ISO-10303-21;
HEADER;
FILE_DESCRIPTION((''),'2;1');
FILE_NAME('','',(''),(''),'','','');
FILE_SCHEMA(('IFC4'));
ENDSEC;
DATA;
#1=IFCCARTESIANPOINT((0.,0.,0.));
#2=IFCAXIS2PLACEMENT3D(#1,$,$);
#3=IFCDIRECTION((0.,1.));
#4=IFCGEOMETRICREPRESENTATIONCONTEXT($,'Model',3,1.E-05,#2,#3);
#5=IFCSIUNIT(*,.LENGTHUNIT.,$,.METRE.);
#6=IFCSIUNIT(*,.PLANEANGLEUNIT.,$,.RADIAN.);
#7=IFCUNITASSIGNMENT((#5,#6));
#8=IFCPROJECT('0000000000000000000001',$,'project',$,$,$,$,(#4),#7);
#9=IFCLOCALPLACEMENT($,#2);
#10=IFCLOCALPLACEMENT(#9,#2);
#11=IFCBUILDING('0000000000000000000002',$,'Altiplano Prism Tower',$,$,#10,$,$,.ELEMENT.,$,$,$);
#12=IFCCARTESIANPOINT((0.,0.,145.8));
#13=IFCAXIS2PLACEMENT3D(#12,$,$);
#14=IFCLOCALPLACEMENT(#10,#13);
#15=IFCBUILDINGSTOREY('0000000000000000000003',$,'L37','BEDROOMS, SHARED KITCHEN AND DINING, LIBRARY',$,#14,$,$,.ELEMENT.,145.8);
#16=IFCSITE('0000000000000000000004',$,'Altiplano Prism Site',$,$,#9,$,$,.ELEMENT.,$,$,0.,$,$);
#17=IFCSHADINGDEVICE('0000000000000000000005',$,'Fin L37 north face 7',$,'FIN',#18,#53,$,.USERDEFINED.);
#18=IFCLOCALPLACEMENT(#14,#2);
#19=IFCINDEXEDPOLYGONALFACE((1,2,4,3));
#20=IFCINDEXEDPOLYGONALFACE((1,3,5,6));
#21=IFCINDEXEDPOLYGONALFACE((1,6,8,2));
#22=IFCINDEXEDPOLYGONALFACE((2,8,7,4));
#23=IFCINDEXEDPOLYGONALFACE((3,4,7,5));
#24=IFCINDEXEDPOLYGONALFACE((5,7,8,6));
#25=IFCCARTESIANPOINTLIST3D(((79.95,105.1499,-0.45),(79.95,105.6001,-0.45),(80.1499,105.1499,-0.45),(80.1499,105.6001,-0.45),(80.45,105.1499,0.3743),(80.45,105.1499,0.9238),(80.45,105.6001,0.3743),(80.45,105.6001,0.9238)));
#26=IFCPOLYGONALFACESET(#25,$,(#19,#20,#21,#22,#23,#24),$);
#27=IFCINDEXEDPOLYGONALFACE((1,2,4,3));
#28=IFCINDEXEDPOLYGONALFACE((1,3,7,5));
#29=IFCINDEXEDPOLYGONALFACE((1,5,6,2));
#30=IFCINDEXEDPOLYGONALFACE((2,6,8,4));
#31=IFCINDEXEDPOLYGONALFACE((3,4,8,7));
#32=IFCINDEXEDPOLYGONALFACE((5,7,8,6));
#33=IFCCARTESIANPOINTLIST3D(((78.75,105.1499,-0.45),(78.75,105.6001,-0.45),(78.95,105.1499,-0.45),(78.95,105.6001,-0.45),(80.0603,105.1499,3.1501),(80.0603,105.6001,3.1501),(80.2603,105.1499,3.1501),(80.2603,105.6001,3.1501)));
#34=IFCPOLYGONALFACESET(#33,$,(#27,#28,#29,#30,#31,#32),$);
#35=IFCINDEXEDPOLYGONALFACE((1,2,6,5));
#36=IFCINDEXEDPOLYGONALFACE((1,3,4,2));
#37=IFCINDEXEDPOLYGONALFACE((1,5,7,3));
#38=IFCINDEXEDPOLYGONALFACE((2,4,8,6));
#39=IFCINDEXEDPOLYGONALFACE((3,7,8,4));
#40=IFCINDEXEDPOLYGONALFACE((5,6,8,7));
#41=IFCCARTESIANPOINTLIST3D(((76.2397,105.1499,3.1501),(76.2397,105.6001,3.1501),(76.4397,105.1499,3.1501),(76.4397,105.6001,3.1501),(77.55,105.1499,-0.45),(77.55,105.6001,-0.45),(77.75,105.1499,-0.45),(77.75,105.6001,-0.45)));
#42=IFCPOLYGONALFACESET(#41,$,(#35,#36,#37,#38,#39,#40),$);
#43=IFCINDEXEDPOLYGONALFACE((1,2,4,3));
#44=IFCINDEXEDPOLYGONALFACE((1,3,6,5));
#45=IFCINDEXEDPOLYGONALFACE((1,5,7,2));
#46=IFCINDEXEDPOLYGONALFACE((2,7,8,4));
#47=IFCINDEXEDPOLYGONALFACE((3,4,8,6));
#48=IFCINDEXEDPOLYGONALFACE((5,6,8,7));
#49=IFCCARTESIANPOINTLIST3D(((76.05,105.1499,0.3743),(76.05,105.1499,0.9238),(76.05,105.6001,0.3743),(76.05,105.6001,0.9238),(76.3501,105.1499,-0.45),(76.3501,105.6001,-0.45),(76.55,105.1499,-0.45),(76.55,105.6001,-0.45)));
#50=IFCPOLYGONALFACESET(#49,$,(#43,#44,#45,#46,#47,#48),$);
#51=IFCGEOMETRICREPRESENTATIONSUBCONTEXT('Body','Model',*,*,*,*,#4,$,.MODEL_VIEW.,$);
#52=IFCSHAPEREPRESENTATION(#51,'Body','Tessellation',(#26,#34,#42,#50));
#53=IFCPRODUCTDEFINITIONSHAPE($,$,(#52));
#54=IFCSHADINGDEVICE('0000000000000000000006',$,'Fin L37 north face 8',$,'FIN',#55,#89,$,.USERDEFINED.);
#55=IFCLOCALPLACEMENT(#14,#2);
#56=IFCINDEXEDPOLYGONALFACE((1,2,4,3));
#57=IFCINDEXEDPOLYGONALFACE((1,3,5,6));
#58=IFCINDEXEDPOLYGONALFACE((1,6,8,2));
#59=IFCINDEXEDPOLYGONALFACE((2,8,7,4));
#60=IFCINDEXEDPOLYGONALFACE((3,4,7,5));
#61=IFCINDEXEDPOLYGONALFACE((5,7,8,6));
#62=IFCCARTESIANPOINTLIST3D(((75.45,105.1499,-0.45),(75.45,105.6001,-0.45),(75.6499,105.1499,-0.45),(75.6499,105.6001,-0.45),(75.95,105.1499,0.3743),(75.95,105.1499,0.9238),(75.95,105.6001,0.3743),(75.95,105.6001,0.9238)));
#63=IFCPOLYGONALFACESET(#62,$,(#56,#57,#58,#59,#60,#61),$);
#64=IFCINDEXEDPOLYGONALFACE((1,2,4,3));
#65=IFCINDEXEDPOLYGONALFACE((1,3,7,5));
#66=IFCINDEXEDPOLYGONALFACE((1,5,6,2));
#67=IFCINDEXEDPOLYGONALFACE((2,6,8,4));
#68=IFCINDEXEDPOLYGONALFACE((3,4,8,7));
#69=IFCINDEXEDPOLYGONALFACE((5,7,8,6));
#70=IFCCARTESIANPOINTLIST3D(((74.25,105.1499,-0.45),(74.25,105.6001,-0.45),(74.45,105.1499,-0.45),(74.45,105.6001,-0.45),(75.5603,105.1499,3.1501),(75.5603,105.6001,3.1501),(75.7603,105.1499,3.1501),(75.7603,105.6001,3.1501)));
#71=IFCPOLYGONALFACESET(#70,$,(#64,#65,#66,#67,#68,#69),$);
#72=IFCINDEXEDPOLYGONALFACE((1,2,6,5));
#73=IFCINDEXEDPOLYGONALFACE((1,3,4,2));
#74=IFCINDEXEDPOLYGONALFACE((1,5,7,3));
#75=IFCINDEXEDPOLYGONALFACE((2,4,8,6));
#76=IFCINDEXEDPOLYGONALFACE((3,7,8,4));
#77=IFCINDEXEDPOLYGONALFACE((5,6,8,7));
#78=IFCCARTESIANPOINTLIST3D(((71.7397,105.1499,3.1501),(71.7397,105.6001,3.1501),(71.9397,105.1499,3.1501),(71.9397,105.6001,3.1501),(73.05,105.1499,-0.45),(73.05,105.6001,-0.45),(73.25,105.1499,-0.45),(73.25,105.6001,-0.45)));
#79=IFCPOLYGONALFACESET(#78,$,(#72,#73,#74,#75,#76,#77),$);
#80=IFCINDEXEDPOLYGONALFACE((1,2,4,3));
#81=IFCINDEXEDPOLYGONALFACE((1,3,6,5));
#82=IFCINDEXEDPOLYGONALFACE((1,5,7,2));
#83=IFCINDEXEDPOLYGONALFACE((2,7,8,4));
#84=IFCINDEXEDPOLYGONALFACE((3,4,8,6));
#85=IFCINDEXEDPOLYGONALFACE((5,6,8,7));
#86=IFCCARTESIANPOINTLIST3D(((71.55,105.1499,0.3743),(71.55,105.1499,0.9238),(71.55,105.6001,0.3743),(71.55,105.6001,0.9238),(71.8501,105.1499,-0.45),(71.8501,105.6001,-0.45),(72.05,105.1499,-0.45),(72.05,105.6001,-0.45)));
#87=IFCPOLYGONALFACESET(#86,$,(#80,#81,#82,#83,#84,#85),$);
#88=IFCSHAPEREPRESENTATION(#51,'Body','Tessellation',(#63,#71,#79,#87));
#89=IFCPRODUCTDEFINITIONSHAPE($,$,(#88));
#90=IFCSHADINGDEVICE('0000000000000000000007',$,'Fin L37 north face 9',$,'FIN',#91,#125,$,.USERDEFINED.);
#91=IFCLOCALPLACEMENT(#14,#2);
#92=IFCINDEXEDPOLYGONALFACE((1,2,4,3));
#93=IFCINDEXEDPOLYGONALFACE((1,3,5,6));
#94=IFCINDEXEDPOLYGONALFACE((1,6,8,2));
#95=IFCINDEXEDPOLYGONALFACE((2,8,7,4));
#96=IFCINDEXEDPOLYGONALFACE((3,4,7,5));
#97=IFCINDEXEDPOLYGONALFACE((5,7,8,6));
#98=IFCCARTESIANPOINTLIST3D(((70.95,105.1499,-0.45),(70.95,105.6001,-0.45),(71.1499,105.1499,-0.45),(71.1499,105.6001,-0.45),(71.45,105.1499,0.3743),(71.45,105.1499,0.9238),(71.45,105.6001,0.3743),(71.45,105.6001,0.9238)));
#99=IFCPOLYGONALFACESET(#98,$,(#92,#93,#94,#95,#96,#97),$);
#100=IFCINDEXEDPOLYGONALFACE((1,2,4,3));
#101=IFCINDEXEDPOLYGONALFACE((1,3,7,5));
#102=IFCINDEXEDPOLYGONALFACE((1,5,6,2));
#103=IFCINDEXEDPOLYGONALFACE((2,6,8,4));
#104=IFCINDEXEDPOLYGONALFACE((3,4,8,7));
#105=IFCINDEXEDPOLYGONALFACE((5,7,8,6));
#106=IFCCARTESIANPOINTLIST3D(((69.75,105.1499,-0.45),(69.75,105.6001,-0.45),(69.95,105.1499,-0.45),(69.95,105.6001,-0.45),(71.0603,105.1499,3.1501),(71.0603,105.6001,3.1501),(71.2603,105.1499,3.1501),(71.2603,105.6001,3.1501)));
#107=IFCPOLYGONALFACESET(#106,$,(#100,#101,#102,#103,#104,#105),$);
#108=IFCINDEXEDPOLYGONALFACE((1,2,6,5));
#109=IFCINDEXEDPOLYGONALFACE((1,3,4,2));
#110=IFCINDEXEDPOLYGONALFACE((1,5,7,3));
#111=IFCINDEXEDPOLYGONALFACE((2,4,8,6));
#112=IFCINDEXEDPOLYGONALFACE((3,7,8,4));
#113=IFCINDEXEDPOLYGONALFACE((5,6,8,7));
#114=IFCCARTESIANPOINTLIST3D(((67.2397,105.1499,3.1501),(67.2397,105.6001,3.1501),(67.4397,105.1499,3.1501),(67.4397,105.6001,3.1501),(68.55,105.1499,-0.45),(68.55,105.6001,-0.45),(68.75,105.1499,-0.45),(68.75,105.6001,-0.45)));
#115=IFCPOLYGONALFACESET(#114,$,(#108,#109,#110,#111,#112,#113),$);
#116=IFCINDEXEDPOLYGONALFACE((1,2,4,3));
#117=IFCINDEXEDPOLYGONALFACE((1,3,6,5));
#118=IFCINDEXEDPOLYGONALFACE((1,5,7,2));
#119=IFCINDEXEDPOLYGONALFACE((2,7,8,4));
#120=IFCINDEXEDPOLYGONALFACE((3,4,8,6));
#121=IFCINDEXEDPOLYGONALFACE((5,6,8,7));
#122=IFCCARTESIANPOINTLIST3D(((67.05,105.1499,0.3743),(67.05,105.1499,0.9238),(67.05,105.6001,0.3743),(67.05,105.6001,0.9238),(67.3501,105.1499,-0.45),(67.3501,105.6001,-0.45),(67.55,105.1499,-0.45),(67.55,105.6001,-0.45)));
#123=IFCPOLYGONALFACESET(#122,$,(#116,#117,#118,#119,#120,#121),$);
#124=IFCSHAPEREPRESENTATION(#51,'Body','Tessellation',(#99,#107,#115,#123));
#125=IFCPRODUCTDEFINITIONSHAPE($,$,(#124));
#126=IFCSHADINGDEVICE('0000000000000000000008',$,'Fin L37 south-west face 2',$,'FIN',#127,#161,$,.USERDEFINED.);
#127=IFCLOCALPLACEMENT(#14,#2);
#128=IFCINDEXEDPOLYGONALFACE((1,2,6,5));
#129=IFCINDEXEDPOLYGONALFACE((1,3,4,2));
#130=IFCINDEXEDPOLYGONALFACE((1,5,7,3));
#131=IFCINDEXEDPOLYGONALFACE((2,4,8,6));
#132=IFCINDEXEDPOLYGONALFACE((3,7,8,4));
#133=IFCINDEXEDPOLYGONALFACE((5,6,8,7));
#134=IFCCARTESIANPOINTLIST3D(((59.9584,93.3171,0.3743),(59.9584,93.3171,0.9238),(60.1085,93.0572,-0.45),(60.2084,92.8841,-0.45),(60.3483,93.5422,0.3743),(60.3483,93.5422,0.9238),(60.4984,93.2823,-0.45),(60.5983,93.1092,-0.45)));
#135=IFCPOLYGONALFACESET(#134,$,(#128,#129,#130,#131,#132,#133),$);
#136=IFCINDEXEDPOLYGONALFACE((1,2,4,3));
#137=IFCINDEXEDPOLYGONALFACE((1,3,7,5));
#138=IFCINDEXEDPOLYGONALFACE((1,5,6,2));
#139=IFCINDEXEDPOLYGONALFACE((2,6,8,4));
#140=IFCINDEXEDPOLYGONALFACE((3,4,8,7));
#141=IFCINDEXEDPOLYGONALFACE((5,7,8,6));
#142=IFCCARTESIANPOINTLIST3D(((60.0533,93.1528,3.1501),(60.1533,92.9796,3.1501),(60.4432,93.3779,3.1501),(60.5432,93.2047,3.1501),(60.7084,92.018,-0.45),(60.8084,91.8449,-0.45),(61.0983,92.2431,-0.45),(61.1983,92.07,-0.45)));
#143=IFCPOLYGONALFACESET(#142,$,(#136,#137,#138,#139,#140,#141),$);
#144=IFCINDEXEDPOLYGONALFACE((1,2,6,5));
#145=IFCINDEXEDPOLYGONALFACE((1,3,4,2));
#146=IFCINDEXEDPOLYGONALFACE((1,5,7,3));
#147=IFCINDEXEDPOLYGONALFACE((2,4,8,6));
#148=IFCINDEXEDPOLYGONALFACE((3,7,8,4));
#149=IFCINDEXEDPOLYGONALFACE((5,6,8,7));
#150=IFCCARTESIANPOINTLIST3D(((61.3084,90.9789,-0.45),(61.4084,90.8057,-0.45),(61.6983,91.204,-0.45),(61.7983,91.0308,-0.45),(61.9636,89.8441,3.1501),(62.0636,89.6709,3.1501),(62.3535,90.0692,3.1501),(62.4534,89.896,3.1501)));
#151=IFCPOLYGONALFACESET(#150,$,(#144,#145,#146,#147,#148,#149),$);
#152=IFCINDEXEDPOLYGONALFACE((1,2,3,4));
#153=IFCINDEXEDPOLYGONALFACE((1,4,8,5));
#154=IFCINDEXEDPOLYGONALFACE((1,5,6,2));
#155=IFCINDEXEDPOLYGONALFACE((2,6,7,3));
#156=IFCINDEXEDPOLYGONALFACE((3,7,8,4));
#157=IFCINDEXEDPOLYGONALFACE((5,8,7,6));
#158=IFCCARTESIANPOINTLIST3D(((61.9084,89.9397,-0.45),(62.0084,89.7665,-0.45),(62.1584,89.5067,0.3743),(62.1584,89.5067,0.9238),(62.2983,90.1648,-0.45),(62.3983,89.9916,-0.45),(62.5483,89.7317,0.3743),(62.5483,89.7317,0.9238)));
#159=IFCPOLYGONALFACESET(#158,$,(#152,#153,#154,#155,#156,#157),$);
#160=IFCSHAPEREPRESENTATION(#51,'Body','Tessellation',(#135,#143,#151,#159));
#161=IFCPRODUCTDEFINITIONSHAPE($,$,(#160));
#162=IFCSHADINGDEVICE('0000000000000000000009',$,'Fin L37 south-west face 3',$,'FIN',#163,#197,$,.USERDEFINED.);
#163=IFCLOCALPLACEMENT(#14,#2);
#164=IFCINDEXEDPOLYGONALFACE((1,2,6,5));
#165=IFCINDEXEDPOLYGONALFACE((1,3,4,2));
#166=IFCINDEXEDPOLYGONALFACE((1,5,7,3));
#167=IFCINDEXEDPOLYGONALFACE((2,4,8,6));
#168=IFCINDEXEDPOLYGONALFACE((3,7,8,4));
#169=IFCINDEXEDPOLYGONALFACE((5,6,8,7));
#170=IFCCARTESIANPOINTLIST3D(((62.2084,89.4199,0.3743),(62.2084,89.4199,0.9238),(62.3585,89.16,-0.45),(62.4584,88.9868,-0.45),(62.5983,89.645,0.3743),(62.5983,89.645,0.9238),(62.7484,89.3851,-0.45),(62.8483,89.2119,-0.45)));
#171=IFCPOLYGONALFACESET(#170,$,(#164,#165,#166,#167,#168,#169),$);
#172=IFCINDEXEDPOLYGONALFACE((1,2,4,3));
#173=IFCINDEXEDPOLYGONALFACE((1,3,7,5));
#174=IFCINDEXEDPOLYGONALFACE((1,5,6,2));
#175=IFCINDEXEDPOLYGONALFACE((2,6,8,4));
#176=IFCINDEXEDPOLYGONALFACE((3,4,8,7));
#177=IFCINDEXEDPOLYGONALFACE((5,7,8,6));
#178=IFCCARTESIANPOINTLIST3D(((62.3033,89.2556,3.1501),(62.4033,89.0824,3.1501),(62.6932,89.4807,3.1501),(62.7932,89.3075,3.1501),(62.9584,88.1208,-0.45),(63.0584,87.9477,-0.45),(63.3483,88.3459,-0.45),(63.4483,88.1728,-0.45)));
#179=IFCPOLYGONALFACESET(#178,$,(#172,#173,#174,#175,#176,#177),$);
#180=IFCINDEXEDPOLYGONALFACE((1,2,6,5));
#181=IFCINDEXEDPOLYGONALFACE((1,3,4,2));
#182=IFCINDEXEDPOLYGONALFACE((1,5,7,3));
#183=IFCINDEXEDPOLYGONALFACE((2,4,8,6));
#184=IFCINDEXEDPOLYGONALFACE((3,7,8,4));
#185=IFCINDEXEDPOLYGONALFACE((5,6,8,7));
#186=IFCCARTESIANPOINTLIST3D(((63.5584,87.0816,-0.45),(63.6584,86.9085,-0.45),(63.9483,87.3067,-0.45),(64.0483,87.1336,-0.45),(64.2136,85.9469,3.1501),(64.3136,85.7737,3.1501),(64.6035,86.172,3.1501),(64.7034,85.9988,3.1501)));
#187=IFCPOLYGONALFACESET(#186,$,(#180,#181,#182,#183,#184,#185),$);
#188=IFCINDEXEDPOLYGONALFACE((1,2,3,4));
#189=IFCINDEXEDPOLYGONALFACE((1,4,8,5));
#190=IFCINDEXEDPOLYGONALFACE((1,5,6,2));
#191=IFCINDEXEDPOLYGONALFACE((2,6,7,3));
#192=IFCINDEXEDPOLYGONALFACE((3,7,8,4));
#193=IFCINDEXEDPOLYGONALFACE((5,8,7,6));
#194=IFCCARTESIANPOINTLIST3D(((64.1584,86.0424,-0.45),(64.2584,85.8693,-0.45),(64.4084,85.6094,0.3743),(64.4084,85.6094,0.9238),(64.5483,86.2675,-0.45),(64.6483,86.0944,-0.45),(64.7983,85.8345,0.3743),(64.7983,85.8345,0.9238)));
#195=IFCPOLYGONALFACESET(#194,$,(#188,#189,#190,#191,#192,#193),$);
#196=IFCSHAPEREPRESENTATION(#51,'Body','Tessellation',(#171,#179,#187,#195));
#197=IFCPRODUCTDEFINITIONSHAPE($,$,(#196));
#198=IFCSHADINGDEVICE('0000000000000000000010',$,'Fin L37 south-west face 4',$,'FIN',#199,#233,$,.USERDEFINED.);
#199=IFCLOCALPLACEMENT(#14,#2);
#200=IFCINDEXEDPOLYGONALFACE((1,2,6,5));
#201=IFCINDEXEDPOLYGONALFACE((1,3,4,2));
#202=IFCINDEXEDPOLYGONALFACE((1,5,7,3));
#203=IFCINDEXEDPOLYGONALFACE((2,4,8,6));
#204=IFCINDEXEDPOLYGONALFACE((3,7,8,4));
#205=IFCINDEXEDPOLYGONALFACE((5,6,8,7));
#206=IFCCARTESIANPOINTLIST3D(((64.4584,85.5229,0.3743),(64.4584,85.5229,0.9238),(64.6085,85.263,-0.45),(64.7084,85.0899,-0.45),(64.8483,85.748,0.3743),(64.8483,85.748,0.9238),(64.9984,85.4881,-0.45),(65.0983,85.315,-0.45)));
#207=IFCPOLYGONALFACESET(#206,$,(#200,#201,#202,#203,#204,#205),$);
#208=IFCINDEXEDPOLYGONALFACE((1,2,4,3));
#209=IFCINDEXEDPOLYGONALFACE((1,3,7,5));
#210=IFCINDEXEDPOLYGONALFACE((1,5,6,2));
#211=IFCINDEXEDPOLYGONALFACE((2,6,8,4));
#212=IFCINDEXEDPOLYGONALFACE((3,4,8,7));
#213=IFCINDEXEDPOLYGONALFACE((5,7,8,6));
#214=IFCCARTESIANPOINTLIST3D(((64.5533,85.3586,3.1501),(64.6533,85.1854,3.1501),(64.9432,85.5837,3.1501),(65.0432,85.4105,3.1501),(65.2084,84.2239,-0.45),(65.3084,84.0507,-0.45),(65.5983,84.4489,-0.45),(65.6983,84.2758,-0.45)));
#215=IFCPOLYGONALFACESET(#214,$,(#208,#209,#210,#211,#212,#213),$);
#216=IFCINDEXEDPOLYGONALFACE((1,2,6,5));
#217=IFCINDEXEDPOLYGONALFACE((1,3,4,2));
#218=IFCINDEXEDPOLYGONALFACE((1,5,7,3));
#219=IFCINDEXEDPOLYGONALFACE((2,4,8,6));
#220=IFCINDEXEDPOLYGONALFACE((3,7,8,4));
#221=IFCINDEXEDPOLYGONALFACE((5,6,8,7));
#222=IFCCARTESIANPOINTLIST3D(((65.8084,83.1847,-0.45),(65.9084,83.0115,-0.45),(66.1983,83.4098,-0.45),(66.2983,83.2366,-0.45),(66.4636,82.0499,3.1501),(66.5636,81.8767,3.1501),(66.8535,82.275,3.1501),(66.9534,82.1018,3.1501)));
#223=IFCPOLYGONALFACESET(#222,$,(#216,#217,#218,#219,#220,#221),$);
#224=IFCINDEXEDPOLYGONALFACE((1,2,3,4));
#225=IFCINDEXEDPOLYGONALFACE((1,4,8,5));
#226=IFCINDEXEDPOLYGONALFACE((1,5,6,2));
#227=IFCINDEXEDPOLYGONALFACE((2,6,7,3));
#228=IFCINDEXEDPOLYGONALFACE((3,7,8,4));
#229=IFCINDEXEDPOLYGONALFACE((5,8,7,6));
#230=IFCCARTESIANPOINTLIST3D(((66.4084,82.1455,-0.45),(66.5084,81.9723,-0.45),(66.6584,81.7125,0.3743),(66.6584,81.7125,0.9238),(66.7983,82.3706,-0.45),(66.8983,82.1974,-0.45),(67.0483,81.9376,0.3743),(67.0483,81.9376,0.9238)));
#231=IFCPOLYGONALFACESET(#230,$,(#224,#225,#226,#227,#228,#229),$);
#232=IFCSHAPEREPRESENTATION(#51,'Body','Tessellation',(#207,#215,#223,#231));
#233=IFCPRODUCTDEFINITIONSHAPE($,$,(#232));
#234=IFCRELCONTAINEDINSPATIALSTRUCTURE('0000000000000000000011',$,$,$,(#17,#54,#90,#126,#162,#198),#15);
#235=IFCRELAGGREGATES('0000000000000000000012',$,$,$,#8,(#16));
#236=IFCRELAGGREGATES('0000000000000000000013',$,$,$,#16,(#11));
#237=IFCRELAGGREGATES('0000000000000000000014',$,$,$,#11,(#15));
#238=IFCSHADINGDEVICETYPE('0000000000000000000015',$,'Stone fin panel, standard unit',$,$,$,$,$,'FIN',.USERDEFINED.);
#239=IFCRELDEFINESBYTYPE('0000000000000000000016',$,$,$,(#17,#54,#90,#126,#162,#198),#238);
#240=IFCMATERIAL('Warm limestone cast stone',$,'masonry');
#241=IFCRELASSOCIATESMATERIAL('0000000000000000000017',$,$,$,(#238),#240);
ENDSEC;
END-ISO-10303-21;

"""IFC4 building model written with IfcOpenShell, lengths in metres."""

from ifc_helpers import new_model, si_unit, direction, frame, origin, place, context, subcontext, project, spatial, polyline, outline, extrude, source, transform, mapped, material, type_object, element, save


model = new_model("IFC4")

# Units and contexts
model_context = context("Model", 3, precision=1e-05, world=origin(), true_north=direction((0.0, 1.0)))
body_context = subcontext(model_context, "Body", "Model", "MODEL_VIEW")
ifc_project = project(units=[si_unit("LENGTHUNIT", "METRE"), si_unit("PLANEANGLEUNIT", "RADIAN")], contexts=[model_context])

# Site, building, storey
site_placement = place(None, origin())
site = spatial("IfcSite", under=ifc_project, at=site_placement, Name="Altiplano Prism Site", CompositionType="ELEMENT", RefElevation=0.0)
building_placement = place(site_placement, origin())
building = spatial("IfcBuilding", under=site, at=building_placement, Name="Altiplano Prism Tower", CompositionType="ELEMENT")
storey_placement = place(building_placement, frame((0.0, 0.0, 145.8)))
storey = spatial("IfcBuildingStorey", under=building, at=storey_placement, Name="L37", Description="BEDROOMS, SHARED KITCHEN AND DINING, LIBRARY", CompositionType="ELEMENT", Elevation=145.8)

# Shading devices
ifc_material_1 = material(Name="Warm limestone cast stone", Category="masonry")
shading_device_type_1 = type_object("IfcShadingDeviceType", Name="Stone fin panel, standard unit", ElementType="FIN", PredefinedType="USERDEFINED", material=ifc_material_1)
shared_shape_1 = source(origin(), body_context, "Body", "SweptSolid", [
    extrude(outline(polyline([(-2.2, 1.3738), (-2.2, 0.8242), (-1.8999, 0.0), (-1.7, 0.0), (-2.2, 1.3738)])), frame((0.0, -0.1499, 0.0), z_axis=(0.0, -1.0, 0.0), x_axis=(1.0, 0.0, 0.0)), (0.0, 0.0, 1.0), 0.4502),
    extrude(outline(polyline([(-2.0103, 3.6001), (-0.7, 0.0), (-0.5, 0.0), (-1.8103, 3.6001), (-2.0103, 3.6001)])), frame((0.0, -0.1499, 0.0), z_axis=(0.0, -1.0, 0.0), x_axis=(1.0, 0.0, 0.0)), (0.0, 0.0, 1.0), 0.4502),
    extrude(outline(polyline([(1.8103, 3.6001), (0.5, 0.0), (0.7, 0.0), (2.0103, 3.6001), (1.8103, 3.6001)])), frame((0.0, -0.1499, 0.0), z_axis=(0.0, -1.0, 0.0), x_axis=(1.0, 0.0, 0.0)), (0.0, 0.0, 1.0), 0.4502),
    extrude(outline(polyline([(2.2, 0.8242), (2.2, 1.3738), (1.7, 0.0), (1.8999, 0.0), (2.2, 0.8242)])), frame((0.0, -0.1499, 0.0), z_axis=(0.0, -1.0, 0.0), x_axis=(1.0, 0.0, 0.0)), (0.0, 0.0, 1.0), 0.4502),
])
shading_device_1_placement = place(storey_placement, origin())
element("IfcShadingDevice", 1, at=shading_device_1_placement, inside=storey, type_object=shading_device_type_1, Name="Fin L37 north face 7", ObjectType="FIN", PredefinedType="USERDEFINED", context=body_context, shape_type="MappedRepresentation", body=[
    mapped(shared_shape_1, transform((78.25, 105.0, -0.45), x_axis=(-1.0, 0.0, 0.0), y_axis=(0.0, -1.0, 0.0), z_axis=(0.0, 0.0, 1.0))),
])
shading_device_2_placement = place(storey_placement, origin())
element("IfcShadingDevice", 2, at=shading_device_2_placement, inside=storey, type_object=shading_device_type_1, Name="Fin L37 north face 8", ObjectType="FIN", PredefinedType="USERDEFINED", context=body_context, shape_type="MappedRepresentation", body=[
    mapped(shared_shape_1, transform((73.75, 105.0, -0.45), x_axis=(-1.0, 0.0, 0.0), y_axis=(0.0, -1.0, 0.0), z_axis=(0.0, 0.0, 1.0))),
])
shading_device_3_placement = place(storey_placement, origin())
element("IfcShadingDevice", 3, at=shading_device_3_placement, inside=storey, type_object=shading_device_type_1, Name="Fin L37 north face 9", ObjectType="FIN", PredefinedType="USERDEFINED", context=body_context, shape_type="MappedRepresentation", body=[
    mapped(shared_shape_1, transform((69.25, 105.0, -0.45), x_axis=(-1.0, 0.0, 0.0), y_axis=(0.0, -1.0, 0.0), z_axis=(0.0, 0.0, 1.0))),
])
shading_device_4_placement = place(storey_placement, origin())
element("IfcShadingDevice", 4, at=shading_device_4_placement, inside=storey, type_object=shading_device_type_1, Name="Fin L37 south-west face 2", ObjectType="FIN", PredefinedType="USERDEFINED", context=body_context, shape_type="MappedRepresentation", body=[
    mapped(shared_shape_1, transform((61.5781, 91.7119, -0.45), x_axis=(0.5, -0.866025, 0.0), y_axis=(0.866025, 0.5, 0.0), z_axis=(0.0, 0.0, 1.0))),
])
shading_device_5_placement = place(storey_placement, origin())
element("IfcShadingDevice", 5, at=shading_device_5_placement, inside=storey, type_object=shading_device_type_1, Name="Fin L37 south-west face 3", ObjectType="FIN", PredefinedType="USERDEFINED", context=body_context, shape_type="MappedRepresentation", body=[
    mapped(shared_shape_1, transform((63.8281, 87.8147, -0.45), x_axis=(0.5, -0.866025, 0.0), y_axis=(0.866025, 0.5, 0.0), z_axis=(0.0, 0.0, 1.0))),
])
shading_device_6_placement = place(storey_placement, origin())
element("IfcShadingDevice", 6, at=shading_device_6_placement, inside=storey, type_object=shading_device_type_1, Name="Fin L37 south-west face 4", ObjectType="FIN", PredefinedType="USERDEFINED", context=body_context, shape_type="MappedRepresentation", body=[
    mapped(shared_shape_1, transform((66.0781, 83.9177, -0.45), x_axis=(0.5, -0.866025, 0.0), y_axis=(0.866025, 0.5, 0.0), z_axis=(0.0, 0.0, 1.0))),
])

save(model, "model.ifc")
